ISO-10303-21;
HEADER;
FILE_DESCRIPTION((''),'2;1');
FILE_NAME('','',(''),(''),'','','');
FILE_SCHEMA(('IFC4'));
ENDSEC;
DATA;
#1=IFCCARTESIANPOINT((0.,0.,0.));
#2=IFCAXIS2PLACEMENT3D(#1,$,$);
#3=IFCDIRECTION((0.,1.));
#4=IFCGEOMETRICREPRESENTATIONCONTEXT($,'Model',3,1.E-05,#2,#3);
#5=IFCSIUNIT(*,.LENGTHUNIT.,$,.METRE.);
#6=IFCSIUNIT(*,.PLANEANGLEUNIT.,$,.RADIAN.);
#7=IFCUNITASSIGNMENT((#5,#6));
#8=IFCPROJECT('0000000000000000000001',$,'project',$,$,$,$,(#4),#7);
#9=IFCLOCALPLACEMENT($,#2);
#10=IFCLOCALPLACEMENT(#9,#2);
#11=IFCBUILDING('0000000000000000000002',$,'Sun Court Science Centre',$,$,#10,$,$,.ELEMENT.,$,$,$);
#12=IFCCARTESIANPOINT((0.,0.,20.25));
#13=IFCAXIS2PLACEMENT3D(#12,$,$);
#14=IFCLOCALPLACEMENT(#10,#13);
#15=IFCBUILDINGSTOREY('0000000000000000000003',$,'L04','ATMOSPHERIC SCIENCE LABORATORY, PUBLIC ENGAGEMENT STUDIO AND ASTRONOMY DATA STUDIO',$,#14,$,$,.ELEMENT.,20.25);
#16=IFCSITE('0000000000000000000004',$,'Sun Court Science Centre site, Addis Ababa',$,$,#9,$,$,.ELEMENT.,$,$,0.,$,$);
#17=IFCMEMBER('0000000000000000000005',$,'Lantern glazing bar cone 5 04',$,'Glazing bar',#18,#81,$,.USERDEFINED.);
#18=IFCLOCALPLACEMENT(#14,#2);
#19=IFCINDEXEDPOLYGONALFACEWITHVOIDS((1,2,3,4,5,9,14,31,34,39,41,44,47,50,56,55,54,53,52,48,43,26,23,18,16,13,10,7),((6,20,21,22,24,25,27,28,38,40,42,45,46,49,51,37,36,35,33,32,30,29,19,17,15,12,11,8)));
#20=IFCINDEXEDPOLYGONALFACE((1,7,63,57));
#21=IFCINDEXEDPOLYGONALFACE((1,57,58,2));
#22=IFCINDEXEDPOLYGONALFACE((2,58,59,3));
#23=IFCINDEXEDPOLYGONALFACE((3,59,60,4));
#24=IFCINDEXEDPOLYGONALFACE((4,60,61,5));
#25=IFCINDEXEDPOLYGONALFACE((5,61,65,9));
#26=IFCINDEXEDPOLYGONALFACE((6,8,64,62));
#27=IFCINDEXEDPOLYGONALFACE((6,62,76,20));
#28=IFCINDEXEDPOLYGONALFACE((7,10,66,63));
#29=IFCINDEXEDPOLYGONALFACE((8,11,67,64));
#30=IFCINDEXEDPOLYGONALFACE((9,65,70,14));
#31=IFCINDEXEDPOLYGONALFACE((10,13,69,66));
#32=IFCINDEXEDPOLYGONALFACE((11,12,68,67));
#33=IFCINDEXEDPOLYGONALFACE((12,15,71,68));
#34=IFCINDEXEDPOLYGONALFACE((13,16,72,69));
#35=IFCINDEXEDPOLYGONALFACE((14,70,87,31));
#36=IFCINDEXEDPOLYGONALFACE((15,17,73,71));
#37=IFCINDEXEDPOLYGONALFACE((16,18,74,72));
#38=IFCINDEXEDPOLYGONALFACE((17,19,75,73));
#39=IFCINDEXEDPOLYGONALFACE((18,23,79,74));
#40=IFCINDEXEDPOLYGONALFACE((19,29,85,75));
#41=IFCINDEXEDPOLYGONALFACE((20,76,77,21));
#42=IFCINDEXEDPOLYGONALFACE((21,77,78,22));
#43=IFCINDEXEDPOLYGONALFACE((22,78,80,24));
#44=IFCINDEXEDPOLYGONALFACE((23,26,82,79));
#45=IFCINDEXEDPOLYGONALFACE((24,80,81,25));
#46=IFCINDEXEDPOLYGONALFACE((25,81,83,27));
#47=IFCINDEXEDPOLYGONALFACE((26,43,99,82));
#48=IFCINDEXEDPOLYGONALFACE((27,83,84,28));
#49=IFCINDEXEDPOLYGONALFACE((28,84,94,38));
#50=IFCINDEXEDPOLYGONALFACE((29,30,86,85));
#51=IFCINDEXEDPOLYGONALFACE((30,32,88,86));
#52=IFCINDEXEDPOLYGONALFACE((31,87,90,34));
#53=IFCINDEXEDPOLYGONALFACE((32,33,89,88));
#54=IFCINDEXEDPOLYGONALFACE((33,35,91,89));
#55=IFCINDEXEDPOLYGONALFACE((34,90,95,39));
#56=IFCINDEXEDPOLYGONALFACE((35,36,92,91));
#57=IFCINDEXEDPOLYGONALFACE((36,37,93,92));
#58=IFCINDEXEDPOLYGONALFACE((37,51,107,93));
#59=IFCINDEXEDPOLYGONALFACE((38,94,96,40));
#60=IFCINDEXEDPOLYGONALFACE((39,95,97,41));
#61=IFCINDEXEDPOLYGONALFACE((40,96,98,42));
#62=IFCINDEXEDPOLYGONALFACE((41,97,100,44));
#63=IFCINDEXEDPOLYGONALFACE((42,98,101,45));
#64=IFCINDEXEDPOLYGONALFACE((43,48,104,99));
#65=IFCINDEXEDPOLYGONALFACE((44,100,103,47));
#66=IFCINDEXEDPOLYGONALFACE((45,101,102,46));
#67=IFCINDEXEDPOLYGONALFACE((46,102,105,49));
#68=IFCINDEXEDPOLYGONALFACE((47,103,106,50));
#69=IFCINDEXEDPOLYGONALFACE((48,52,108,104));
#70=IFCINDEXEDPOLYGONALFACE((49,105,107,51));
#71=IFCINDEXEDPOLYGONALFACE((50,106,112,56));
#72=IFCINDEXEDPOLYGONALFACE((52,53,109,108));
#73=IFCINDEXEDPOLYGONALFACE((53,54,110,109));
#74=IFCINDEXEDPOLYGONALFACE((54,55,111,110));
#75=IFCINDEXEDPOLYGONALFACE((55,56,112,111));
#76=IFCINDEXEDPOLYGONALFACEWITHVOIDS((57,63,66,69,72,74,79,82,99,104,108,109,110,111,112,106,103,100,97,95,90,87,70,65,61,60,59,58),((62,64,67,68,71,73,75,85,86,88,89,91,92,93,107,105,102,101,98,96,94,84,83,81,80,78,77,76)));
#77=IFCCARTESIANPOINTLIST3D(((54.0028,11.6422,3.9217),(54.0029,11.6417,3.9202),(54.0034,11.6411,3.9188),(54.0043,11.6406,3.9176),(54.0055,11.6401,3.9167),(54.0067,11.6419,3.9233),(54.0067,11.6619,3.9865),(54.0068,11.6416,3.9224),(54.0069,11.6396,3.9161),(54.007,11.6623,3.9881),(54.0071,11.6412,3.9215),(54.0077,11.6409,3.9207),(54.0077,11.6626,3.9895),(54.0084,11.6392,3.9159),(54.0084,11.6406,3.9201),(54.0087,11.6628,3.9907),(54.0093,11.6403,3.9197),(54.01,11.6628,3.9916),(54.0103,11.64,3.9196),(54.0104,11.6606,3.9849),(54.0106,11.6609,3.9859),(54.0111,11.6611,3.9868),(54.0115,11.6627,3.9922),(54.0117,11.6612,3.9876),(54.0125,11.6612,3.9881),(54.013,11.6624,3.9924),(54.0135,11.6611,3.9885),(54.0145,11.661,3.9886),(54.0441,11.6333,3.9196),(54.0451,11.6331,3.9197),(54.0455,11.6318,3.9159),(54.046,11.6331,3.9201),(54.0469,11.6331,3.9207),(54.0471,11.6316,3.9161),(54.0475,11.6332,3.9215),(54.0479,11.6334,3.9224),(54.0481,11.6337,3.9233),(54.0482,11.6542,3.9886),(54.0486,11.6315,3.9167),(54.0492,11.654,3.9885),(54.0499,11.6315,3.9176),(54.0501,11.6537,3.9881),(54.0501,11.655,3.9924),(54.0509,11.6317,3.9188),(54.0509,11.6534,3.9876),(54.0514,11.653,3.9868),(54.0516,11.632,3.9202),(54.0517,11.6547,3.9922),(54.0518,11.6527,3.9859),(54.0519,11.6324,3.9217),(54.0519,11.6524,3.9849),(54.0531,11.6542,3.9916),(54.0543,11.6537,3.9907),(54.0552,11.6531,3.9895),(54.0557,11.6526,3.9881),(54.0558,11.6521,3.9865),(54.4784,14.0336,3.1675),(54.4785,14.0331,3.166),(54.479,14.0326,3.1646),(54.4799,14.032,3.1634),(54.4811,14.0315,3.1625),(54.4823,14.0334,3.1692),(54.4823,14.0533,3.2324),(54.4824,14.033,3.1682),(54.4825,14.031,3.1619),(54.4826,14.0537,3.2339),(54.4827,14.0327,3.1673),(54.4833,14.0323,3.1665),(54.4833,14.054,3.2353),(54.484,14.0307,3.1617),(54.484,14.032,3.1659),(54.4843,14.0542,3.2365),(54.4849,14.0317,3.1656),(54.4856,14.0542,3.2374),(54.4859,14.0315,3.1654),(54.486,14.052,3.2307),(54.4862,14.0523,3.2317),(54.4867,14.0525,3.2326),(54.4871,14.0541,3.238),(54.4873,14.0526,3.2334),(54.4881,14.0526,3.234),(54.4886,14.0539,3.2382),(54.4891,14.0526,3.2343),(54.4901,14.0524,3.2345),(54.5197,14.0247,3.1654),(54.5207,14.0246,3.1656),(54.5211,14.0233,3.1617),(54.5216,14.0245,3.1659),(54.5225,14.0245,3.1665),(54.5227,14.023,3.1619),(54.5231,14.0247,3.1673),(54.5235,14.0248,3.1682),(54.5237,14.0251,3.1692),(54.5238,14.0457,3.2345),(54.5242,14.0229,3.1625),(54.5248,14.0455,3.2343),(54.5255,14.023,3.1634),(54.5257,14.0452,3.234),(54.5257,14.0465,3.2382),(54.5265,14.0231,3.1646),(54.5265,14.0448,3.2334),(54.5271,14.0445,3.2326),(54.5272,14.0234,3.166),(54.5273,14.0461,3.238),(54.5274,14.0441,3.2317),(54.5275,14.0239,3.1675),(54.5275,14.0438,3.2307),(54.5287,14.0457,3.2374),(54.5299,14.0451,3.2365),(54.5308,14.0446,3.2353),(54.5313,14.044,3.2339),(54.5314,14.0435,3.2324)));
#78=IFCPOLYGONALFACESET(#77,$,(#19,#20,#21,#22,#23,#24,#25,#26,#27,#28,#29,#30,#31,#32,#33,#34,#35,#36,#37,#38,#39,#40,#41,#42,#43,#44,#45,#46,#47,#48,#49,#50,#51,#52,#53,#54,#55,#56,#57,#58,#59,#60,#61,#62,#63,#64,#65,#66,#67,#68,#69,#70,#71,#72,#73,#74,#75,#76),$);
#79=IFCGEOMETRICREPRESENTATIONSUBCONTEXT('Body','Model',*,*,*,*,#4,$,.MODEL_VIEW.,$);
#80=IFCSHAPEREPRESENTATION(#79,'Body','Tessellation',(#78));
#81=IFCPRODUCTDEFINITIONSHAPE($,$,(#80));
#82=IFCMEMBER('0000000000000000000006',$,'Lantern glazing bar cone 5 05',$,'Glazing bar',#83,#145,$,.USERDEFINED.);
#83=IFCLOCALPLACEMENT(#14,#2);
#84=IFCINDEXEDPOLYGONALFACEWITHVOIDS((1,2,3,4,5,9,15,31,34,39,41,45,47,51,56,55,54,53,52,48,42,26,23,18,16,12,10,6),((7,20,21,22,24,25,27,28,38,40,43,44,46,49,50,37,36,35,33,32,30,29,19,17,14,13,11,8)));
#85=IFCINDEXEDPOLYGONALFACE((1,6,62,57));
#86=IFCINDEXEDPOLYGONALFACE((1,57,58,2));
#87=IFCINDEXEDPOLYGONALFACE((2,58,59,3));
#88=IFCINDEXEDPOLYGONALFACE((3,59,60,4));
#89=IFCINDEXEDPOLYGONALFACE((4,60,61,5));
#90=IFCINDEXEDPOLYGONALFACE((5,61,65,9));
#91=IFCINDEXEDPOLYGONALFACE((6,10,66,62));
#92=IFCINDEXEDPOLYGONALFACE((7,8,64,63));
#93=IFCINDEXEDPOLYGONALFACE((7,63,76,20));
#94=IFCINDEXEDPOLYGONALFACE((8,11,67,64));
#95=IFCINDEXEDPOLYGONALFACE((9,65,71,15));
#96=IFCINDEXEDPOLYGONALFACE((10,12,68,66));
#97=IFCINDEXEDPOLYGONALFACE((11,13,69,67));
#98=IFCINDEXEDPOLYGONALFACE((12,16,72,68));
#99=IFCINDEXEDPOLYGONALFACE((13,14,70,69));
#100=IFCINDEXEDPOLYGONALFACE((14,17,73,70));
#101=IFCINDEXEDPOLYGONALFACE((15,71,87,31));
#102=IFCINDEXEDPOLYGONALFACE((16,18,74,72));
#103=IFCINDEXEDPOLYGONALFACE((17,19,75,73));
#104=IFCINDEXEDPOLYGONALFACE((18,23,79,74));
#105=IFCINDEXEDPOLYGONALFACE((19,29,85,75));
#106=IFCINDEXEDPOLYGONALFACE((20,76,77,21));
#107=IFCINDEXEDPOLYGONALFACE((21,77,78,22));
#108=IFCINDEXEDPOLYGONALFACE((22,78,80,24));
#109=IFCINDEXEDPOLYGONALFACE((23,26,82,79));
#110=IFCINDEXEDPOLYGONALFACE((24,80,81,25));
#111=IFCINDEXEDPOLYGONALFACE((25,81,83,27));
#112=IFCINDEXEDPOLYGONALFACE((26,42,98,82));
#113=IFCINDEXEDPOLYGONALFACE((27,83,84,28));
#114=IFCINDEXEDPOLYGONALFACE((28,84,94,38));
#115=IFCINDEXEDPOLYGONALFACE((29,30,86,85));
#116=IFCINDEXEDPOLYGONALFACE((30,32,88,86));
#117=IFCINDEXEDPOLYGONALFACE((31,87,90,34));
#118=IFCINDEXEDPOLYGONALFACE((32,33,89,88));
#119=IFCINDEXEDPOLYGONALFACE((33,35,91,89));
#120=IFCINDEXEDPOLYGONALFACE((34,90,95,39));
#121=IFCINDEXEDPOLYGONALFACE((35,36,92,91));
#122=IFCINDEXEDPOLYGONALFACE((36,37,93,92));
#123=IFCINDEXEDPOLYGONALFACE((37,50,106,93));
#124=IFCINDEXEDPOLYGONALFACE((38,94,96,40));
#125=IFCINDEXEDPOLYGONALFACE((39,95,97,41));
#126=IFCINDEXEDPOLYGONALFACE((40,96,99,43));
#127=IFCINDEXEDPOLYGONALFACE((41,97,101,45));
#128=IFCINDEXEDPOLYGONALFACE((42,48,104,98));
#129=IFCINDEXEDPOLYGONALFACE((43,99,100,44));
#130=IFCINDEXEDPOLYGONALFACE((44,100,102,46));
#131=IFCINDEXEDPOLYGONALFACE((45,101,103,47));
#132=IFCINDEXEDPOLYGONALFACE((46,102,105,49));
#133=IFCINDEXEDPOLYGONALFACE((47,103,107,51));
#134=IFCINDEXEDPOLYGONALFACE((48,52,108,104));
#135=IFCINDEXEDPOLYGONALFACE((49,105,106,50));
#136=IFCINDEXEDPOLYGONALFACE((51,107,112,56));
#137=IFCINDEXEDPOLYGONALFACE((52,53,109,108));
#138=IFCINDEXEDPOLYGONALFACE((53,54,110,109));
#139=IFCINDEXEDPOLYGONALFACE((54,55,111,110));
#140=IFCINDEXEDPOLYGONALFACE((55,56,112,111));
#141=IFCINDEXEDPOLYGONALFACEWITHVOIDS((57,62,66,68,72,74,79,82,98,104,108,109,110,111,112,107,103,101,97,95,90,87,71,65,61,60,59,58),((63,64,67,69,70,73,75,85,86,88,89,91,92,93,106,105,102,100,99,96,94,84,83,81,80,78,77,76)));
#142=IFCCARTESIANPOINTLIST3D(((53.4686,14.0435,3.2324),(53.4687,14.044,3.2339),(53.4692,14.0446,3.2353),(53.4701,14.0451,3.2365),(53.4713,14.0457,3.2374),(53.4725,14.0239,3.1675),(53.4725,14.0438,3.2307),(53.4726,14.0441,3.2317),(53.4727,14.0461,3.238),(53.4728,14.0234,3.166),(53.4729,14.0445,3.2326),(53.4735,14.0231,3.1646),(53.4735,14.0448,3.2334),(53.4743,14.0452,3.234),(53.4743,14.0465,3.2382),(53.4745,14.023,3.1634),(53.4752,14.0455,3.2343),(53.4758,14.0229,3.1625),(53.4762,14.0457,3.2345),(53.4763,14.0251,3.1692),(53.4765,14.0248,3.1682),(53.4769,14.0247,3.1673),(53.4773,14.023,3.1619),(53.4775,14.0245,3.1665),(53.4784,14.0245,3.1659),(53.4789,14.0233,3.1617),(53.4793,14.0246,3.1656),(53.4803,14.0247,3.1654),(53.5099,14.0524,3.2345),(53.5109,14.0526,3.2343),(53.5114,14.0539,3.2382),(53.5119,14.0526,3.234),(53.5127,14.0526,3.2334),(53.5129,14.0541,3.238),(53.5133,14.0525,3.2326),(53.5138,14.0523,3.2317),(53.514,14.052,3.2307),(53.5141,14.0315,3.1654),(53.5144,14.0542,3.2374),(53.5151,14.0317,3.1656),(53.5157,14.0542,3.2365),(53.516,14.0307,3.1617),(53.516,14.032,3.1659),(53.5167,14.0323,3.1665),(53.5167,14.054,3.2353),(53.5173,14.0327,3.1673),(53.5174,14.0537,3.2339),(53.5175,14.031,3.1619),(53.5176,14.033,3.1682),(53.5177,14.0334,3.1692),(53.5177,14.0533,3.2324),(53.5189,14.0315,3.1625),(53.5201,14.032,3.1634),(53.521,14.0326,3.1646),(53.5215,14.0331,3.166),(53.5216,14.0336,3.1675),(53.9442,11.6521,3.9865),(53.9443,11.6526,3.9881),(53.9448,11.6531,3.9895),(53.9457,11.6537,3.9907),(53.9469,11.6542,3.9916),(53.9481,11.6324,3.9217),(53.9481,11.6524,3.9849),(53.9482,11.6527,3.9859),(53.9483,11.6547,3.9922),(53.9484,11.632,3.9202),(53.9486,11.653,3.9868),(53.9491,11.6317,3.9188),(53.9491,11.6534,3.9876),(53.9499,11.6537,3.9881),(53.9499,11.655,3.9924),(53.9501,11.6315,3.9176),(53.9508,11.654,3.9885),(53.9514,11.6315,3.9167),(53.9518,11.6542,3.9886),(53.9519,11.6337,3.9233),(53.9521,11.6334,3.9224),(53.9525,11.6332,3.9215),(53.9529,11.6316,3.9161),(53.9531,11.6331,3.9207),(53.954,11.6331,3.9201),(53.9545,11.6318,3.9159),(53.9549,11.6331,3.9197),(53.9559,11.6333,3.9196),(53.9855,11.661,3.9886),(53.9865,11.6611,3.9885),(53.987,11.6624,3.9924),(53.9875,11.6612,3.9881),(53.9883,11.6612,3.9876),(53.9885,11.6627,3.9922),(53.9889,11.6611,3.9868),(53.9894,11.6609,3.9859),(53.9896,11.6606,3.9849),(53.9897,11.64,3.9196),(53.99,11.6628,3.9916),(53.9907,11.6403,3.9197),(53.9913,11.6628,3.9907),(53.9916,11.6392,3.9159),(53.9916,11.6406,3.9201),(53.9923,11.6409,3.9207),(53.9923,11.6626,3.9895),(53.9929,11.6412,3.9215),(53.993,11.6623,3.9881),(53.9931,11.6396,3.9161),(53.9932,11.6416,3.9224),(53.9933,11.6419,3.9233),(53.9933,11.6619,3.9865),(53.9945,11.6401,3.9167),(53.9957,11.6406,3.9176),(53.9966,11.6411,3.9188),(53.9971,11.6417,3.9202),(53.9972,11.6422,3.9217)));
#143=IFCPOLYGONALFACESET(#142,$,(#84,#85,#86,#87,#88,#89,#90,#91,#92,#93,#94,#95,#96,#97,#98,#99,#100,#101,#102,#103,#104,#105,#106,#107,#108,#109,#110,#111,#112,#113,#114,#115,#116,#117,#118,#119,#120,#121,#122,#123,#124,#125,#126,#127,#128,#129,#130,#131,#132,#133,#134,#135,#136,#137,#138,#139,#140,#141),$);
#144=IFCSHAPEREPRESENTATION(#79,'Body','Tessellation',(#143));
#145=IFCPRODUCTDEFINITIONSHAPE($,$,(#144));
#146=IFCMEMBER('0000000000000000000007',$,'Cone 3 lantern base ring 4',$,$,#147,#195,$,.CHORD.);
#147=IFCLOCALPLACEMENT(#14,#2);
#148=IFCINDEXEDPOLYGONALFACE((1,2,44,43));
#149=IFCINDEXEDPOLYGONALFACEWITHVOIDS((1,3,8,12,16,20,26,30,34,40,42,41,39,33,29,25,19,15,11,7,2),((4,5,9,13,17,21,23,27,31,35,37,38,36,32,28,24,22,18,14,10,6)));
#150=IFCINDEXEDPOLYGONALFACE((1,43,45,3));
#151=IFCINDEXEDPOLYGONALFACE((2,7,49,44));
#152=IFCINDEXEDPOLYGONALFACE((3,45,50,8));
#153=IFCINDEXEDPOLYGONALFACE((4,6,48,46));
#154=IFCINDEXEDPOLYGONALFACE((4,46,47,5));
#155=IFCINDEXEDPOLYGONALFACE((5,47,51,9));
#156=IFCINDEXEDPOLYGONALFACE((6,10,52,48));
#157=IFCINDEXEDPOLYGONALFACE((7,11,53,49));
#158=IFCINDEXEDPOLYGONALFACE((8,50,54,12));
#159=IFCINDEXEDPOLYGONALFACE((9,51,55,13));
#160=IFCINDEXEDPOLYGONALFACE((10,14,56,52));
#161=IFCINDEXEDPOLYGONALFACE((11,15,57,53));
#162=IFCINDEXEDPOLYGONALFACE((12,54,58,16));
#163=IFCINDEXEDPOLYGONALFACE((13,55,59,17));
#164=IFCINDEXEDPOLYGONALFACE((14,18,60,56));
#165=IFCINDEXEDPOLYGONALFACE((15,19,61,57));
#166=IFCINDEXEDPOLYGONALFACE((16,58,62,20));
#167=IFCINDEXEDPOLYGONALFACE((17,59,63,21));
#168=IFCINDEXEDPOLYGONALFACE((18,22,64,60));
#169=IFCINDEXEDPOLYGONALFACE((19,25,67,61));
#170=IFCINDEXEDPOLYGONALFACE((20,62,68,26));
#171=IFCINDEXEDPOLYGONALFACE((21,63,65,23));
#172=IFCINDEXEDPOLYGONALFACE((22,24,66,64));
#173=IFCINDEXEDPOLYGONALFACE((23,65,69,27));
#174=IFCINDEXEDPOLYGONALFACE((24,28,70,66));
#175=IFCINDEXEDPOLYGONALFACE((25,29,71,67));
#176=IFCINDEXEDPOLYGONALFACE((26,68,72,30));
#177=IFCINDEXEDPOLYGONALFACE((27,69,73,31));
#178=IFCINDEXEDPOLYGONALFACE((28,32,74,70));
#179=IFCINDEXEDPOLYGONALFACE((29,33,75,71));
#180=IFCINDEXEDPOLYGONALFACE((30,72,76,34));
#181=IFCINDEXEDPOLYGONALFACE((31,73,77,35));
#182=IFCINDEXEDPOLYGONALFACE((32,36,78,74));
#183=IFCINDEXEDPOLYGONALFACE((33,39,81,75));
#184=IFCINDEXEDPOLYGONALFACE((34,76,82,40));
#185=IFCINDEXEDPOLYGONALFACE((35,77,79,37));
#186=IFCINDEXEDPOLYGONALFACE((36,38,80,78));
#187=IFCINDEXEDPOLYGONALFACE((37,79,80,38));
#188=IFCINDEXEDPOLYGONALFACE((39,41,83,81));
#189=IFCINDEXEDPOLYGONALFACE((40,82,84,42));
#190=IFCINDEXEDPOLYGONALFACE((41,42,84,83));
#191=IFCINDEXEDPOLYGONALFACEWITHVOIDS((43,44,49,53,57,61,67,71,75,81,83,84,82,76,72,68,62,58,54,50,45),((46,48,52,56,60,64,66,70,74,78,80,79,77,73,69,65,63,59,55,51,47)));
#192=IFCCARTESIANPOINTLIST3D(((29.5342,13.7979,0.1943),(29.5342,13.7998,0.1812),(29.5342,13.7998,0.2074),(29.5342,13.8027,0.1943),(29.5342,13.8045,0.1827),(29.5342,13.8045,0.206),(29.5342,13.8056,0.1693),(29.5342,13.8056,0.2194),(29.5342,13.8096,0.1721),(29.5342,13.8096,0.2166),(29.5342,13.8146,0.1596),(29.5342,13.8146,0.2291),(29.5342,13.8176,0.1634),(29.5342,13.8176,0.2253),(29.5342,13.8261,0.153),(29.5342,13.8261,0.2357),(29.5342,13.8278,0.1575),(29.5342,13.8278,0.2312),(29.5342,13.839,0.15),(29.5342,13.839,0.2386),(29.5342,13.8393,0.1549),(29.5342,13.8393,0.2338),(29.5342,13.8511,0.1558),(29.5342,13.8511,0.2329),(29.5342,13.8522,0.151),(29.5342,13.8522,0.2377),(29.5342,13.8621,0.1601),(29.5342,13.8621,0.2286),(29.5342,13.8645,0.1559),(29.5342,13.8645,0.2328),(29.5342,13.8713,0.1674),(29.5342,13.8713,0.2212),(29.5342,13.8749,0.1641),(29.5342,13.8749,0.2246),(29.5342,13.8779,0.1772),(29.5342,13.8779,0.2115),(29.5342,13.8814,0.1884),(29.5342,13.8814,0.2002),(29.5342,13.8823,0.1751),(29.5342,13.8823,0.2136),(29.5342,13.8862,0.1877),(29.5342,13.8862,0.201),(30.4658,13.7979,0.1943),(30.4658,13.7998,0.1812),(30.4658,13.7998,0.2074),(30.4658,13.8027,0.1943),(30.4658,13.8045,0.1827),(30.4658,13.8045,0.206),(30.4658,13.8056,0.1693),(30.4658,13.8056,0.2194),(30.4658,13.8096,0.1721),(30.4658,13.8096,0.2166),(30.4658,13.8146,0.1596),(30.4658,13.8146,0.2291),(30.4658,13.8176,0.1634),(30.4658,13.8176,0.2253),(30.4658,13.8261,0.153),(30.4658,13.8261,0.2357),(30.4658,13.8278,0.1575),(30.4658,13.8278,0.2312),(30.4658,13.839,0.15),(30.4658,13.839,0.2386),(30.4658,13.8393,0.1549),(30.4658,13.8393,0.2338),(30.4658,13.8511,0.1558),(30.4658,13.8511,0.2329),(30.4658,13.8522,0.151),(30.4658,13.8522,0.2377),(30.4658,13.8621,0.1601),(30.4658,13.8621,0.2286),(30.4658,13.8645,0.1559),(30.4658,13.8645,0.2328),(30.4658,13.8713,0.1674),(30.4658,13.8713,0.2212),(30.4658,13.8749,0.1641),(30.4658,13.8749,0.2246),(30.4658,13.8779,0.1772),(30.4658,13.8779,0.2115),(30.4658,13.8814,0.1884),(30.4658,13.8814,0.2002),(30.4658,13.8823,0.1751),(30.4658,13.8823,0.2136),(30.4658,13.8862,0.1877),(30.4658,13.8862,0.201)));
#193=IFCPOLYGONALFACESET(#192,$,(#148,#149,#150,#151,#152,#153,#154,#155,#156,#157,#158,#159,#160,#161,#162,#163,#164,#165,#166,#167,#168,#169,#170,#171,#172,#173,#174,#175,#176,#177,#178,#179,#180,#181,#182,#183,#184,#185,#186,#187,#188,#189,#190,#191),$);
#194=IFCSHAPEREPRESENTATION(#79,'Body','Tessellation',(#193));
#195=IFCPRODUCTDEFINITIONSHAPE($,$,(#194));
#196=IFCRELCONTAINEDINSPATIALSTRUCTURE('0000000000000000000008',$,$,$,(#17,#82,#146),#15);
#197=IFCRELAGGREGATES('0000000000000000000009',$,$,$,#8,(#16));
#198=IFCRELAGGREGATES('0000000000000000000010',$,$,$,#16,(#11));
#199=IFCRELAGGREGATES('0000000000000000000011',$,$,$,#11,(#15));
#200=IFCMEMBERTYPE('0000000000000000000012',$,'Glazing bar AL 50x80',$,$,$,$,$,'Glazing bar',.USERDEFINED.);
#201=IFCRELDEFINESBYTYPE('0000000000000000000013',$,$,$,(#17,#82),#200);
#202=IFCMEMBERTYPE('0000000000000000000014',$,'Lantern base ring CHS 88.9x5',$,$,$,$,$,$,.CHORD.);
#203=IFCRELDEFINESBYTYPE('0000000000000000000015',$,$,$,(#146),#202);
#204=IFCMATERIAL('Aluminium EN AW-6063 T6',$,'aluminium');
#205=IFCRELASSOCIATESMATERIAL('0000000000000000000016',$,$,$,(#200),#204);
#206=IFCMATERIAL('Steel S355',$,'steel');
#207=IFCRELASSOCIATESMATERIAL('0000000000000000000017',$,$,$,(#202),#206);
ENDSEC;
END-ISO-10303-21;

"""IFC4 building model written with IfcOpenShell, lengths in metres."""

from ifc_helpers import new_model, si_unit, direction, frame, origin, origin_2d, place, context, subcontext, project, spatial, hollow_rectangle, hollow_circle, extrude, material, material_profile, profile_set, type_object, element, save


model = new_model("IFC4")

# Units and contexts
model_context = context("Model", 3, precision=1e-05, world=origin(), true_north=direction((0.0, 1.0)))
body_context = subcontext(model_context, "Body", "Model", "MODEL_VIEW")
ifc_project = project(units=[si_unit("LENGTHUNIT", "METRE"), si_unit("PLANEANGLEUNIT", "RADIAN")], contexts=[model_context])

# Site, building, storey
site_placement = place(None, origin())
site = spatial("IfcSite", under=ifc_project, at=site_placement, Name="Sun Court Science Centre site, Addis Ababa", CompositionType="ELEMENT", RefElevation=0.0)
building_placement = place(site_placement, origin())
building = spatial("IfcBuilding", under=site, at=building_placement, Name="Sun Court Science Centre", CompositionType="ELEMENT")
storey_placement = place(building_placement, frame((0.0, 0.0, 20.25)))
storey = spatial("IfcBuildingStorey", under=building, at=storey_placement, Name="L04", Description="ATMOSPHERIC SCIENCE LABORATORY, PUBLIC ENGAGEMENT STUDIO AND ASTRONOMY DATA STUDIO", CompositionType="ELEMENT", Elevation=20.25)

# Members
ifc_material_1 = material(Name="Aluminium EN AW-6063 T6", Category="aluminium")
ifc_material_profile_1 = material_profile(ifc_material_1, hollow_rectangle(XDim=0.05, YDim=0.0801, WallThickness=0.0039, InnerFilletRadius=0.0039, OuterFilletRadius=0.0061, at=origin_2d()), Name="AL 50x80x4")
ifc_profile_set_1 = profile_set([ifc_material_profile_1], Name="Aluminium EN AW-6063 T6")
member_type_1 = type_object("IfcMemberType", Name="Glazing bar AL 50x80", ElementType="Glazing bar", PredefinedType="USERDEFINED", material=ifc_profile_set_1)
for number, where, z_axis, x_axis, name in (
    (1, (54.5049, 14.0386, 3.2), (-0.186347, -0.936994, 0.295495), (0.980792, -0.195057, 0.0), "Lantern glazing bar cone 5 04"),
    (2, (53.4951, 14.0386, 3.2), (0.186347, -0.936994, 0.295495), (0.980792, 0.195057, 0.0), "Lantern glazing bar cone 5 05"),
):
    element("IfcMember", number, at=place(storey_placement, frame(where, z_axis=z_axis, x_axis=x_axis)), inside=storey, type_object=member_type_1, Name=name, ObjectType="Glazing bar", PredefinedType="USERDEFINED", context=body_context, shape_type="SweptSolid", body=[
        extrude(hollow_rectangle(XDim=0.05, YDim=0.0801, WallThickness=0.0039, InnerFilletRadius=0.0039, OuterFilletRadius=0.0061, at=origin_2d()), origin(), (0.0, 0.0, 1.0), 2.5522),
    ])
ifc_material_2 = material(Name="Steel S355", Category="steel")
ifc_material_profile_2 = material_profile(ifc_material_2, hollow_circle(Radius=0.0444, WallThickness=0.0049, at=origin_2d()), Name="CHS 88.9x5")
ifc_profile_set_2 = profile_set([ifc_material_profile_2], Name="Steel S355")
member_type_2 = type_object("IfcMemberType", Name="Lantern base ring CHS 88.9x5", PredefinedType="CHORD", material=ifc_profile_set_2)
member_1_placement = place(storey_placement, frame((30.4658, 13.8423, 0.1943), z_axis=(-1.0, 0.0, 0.0), x_axis=(0.0, -1.0, 0.0)))
element("IfcMember", 3, at=member_1_placement, inside=storey, type_object=member_type_2, Name="Cone 3 lantern base ring 4", PredefinedType="CHORD", context=body_context, shape_type="SweptSolid", body=[
    extrude(hollow_circle(Radius=0.0444, WallThickness=0.0049, at=origin_2d()), origin(), (0.0, 0.0, 1.0), 0.9316),
])

save(model, "model.ifc")
